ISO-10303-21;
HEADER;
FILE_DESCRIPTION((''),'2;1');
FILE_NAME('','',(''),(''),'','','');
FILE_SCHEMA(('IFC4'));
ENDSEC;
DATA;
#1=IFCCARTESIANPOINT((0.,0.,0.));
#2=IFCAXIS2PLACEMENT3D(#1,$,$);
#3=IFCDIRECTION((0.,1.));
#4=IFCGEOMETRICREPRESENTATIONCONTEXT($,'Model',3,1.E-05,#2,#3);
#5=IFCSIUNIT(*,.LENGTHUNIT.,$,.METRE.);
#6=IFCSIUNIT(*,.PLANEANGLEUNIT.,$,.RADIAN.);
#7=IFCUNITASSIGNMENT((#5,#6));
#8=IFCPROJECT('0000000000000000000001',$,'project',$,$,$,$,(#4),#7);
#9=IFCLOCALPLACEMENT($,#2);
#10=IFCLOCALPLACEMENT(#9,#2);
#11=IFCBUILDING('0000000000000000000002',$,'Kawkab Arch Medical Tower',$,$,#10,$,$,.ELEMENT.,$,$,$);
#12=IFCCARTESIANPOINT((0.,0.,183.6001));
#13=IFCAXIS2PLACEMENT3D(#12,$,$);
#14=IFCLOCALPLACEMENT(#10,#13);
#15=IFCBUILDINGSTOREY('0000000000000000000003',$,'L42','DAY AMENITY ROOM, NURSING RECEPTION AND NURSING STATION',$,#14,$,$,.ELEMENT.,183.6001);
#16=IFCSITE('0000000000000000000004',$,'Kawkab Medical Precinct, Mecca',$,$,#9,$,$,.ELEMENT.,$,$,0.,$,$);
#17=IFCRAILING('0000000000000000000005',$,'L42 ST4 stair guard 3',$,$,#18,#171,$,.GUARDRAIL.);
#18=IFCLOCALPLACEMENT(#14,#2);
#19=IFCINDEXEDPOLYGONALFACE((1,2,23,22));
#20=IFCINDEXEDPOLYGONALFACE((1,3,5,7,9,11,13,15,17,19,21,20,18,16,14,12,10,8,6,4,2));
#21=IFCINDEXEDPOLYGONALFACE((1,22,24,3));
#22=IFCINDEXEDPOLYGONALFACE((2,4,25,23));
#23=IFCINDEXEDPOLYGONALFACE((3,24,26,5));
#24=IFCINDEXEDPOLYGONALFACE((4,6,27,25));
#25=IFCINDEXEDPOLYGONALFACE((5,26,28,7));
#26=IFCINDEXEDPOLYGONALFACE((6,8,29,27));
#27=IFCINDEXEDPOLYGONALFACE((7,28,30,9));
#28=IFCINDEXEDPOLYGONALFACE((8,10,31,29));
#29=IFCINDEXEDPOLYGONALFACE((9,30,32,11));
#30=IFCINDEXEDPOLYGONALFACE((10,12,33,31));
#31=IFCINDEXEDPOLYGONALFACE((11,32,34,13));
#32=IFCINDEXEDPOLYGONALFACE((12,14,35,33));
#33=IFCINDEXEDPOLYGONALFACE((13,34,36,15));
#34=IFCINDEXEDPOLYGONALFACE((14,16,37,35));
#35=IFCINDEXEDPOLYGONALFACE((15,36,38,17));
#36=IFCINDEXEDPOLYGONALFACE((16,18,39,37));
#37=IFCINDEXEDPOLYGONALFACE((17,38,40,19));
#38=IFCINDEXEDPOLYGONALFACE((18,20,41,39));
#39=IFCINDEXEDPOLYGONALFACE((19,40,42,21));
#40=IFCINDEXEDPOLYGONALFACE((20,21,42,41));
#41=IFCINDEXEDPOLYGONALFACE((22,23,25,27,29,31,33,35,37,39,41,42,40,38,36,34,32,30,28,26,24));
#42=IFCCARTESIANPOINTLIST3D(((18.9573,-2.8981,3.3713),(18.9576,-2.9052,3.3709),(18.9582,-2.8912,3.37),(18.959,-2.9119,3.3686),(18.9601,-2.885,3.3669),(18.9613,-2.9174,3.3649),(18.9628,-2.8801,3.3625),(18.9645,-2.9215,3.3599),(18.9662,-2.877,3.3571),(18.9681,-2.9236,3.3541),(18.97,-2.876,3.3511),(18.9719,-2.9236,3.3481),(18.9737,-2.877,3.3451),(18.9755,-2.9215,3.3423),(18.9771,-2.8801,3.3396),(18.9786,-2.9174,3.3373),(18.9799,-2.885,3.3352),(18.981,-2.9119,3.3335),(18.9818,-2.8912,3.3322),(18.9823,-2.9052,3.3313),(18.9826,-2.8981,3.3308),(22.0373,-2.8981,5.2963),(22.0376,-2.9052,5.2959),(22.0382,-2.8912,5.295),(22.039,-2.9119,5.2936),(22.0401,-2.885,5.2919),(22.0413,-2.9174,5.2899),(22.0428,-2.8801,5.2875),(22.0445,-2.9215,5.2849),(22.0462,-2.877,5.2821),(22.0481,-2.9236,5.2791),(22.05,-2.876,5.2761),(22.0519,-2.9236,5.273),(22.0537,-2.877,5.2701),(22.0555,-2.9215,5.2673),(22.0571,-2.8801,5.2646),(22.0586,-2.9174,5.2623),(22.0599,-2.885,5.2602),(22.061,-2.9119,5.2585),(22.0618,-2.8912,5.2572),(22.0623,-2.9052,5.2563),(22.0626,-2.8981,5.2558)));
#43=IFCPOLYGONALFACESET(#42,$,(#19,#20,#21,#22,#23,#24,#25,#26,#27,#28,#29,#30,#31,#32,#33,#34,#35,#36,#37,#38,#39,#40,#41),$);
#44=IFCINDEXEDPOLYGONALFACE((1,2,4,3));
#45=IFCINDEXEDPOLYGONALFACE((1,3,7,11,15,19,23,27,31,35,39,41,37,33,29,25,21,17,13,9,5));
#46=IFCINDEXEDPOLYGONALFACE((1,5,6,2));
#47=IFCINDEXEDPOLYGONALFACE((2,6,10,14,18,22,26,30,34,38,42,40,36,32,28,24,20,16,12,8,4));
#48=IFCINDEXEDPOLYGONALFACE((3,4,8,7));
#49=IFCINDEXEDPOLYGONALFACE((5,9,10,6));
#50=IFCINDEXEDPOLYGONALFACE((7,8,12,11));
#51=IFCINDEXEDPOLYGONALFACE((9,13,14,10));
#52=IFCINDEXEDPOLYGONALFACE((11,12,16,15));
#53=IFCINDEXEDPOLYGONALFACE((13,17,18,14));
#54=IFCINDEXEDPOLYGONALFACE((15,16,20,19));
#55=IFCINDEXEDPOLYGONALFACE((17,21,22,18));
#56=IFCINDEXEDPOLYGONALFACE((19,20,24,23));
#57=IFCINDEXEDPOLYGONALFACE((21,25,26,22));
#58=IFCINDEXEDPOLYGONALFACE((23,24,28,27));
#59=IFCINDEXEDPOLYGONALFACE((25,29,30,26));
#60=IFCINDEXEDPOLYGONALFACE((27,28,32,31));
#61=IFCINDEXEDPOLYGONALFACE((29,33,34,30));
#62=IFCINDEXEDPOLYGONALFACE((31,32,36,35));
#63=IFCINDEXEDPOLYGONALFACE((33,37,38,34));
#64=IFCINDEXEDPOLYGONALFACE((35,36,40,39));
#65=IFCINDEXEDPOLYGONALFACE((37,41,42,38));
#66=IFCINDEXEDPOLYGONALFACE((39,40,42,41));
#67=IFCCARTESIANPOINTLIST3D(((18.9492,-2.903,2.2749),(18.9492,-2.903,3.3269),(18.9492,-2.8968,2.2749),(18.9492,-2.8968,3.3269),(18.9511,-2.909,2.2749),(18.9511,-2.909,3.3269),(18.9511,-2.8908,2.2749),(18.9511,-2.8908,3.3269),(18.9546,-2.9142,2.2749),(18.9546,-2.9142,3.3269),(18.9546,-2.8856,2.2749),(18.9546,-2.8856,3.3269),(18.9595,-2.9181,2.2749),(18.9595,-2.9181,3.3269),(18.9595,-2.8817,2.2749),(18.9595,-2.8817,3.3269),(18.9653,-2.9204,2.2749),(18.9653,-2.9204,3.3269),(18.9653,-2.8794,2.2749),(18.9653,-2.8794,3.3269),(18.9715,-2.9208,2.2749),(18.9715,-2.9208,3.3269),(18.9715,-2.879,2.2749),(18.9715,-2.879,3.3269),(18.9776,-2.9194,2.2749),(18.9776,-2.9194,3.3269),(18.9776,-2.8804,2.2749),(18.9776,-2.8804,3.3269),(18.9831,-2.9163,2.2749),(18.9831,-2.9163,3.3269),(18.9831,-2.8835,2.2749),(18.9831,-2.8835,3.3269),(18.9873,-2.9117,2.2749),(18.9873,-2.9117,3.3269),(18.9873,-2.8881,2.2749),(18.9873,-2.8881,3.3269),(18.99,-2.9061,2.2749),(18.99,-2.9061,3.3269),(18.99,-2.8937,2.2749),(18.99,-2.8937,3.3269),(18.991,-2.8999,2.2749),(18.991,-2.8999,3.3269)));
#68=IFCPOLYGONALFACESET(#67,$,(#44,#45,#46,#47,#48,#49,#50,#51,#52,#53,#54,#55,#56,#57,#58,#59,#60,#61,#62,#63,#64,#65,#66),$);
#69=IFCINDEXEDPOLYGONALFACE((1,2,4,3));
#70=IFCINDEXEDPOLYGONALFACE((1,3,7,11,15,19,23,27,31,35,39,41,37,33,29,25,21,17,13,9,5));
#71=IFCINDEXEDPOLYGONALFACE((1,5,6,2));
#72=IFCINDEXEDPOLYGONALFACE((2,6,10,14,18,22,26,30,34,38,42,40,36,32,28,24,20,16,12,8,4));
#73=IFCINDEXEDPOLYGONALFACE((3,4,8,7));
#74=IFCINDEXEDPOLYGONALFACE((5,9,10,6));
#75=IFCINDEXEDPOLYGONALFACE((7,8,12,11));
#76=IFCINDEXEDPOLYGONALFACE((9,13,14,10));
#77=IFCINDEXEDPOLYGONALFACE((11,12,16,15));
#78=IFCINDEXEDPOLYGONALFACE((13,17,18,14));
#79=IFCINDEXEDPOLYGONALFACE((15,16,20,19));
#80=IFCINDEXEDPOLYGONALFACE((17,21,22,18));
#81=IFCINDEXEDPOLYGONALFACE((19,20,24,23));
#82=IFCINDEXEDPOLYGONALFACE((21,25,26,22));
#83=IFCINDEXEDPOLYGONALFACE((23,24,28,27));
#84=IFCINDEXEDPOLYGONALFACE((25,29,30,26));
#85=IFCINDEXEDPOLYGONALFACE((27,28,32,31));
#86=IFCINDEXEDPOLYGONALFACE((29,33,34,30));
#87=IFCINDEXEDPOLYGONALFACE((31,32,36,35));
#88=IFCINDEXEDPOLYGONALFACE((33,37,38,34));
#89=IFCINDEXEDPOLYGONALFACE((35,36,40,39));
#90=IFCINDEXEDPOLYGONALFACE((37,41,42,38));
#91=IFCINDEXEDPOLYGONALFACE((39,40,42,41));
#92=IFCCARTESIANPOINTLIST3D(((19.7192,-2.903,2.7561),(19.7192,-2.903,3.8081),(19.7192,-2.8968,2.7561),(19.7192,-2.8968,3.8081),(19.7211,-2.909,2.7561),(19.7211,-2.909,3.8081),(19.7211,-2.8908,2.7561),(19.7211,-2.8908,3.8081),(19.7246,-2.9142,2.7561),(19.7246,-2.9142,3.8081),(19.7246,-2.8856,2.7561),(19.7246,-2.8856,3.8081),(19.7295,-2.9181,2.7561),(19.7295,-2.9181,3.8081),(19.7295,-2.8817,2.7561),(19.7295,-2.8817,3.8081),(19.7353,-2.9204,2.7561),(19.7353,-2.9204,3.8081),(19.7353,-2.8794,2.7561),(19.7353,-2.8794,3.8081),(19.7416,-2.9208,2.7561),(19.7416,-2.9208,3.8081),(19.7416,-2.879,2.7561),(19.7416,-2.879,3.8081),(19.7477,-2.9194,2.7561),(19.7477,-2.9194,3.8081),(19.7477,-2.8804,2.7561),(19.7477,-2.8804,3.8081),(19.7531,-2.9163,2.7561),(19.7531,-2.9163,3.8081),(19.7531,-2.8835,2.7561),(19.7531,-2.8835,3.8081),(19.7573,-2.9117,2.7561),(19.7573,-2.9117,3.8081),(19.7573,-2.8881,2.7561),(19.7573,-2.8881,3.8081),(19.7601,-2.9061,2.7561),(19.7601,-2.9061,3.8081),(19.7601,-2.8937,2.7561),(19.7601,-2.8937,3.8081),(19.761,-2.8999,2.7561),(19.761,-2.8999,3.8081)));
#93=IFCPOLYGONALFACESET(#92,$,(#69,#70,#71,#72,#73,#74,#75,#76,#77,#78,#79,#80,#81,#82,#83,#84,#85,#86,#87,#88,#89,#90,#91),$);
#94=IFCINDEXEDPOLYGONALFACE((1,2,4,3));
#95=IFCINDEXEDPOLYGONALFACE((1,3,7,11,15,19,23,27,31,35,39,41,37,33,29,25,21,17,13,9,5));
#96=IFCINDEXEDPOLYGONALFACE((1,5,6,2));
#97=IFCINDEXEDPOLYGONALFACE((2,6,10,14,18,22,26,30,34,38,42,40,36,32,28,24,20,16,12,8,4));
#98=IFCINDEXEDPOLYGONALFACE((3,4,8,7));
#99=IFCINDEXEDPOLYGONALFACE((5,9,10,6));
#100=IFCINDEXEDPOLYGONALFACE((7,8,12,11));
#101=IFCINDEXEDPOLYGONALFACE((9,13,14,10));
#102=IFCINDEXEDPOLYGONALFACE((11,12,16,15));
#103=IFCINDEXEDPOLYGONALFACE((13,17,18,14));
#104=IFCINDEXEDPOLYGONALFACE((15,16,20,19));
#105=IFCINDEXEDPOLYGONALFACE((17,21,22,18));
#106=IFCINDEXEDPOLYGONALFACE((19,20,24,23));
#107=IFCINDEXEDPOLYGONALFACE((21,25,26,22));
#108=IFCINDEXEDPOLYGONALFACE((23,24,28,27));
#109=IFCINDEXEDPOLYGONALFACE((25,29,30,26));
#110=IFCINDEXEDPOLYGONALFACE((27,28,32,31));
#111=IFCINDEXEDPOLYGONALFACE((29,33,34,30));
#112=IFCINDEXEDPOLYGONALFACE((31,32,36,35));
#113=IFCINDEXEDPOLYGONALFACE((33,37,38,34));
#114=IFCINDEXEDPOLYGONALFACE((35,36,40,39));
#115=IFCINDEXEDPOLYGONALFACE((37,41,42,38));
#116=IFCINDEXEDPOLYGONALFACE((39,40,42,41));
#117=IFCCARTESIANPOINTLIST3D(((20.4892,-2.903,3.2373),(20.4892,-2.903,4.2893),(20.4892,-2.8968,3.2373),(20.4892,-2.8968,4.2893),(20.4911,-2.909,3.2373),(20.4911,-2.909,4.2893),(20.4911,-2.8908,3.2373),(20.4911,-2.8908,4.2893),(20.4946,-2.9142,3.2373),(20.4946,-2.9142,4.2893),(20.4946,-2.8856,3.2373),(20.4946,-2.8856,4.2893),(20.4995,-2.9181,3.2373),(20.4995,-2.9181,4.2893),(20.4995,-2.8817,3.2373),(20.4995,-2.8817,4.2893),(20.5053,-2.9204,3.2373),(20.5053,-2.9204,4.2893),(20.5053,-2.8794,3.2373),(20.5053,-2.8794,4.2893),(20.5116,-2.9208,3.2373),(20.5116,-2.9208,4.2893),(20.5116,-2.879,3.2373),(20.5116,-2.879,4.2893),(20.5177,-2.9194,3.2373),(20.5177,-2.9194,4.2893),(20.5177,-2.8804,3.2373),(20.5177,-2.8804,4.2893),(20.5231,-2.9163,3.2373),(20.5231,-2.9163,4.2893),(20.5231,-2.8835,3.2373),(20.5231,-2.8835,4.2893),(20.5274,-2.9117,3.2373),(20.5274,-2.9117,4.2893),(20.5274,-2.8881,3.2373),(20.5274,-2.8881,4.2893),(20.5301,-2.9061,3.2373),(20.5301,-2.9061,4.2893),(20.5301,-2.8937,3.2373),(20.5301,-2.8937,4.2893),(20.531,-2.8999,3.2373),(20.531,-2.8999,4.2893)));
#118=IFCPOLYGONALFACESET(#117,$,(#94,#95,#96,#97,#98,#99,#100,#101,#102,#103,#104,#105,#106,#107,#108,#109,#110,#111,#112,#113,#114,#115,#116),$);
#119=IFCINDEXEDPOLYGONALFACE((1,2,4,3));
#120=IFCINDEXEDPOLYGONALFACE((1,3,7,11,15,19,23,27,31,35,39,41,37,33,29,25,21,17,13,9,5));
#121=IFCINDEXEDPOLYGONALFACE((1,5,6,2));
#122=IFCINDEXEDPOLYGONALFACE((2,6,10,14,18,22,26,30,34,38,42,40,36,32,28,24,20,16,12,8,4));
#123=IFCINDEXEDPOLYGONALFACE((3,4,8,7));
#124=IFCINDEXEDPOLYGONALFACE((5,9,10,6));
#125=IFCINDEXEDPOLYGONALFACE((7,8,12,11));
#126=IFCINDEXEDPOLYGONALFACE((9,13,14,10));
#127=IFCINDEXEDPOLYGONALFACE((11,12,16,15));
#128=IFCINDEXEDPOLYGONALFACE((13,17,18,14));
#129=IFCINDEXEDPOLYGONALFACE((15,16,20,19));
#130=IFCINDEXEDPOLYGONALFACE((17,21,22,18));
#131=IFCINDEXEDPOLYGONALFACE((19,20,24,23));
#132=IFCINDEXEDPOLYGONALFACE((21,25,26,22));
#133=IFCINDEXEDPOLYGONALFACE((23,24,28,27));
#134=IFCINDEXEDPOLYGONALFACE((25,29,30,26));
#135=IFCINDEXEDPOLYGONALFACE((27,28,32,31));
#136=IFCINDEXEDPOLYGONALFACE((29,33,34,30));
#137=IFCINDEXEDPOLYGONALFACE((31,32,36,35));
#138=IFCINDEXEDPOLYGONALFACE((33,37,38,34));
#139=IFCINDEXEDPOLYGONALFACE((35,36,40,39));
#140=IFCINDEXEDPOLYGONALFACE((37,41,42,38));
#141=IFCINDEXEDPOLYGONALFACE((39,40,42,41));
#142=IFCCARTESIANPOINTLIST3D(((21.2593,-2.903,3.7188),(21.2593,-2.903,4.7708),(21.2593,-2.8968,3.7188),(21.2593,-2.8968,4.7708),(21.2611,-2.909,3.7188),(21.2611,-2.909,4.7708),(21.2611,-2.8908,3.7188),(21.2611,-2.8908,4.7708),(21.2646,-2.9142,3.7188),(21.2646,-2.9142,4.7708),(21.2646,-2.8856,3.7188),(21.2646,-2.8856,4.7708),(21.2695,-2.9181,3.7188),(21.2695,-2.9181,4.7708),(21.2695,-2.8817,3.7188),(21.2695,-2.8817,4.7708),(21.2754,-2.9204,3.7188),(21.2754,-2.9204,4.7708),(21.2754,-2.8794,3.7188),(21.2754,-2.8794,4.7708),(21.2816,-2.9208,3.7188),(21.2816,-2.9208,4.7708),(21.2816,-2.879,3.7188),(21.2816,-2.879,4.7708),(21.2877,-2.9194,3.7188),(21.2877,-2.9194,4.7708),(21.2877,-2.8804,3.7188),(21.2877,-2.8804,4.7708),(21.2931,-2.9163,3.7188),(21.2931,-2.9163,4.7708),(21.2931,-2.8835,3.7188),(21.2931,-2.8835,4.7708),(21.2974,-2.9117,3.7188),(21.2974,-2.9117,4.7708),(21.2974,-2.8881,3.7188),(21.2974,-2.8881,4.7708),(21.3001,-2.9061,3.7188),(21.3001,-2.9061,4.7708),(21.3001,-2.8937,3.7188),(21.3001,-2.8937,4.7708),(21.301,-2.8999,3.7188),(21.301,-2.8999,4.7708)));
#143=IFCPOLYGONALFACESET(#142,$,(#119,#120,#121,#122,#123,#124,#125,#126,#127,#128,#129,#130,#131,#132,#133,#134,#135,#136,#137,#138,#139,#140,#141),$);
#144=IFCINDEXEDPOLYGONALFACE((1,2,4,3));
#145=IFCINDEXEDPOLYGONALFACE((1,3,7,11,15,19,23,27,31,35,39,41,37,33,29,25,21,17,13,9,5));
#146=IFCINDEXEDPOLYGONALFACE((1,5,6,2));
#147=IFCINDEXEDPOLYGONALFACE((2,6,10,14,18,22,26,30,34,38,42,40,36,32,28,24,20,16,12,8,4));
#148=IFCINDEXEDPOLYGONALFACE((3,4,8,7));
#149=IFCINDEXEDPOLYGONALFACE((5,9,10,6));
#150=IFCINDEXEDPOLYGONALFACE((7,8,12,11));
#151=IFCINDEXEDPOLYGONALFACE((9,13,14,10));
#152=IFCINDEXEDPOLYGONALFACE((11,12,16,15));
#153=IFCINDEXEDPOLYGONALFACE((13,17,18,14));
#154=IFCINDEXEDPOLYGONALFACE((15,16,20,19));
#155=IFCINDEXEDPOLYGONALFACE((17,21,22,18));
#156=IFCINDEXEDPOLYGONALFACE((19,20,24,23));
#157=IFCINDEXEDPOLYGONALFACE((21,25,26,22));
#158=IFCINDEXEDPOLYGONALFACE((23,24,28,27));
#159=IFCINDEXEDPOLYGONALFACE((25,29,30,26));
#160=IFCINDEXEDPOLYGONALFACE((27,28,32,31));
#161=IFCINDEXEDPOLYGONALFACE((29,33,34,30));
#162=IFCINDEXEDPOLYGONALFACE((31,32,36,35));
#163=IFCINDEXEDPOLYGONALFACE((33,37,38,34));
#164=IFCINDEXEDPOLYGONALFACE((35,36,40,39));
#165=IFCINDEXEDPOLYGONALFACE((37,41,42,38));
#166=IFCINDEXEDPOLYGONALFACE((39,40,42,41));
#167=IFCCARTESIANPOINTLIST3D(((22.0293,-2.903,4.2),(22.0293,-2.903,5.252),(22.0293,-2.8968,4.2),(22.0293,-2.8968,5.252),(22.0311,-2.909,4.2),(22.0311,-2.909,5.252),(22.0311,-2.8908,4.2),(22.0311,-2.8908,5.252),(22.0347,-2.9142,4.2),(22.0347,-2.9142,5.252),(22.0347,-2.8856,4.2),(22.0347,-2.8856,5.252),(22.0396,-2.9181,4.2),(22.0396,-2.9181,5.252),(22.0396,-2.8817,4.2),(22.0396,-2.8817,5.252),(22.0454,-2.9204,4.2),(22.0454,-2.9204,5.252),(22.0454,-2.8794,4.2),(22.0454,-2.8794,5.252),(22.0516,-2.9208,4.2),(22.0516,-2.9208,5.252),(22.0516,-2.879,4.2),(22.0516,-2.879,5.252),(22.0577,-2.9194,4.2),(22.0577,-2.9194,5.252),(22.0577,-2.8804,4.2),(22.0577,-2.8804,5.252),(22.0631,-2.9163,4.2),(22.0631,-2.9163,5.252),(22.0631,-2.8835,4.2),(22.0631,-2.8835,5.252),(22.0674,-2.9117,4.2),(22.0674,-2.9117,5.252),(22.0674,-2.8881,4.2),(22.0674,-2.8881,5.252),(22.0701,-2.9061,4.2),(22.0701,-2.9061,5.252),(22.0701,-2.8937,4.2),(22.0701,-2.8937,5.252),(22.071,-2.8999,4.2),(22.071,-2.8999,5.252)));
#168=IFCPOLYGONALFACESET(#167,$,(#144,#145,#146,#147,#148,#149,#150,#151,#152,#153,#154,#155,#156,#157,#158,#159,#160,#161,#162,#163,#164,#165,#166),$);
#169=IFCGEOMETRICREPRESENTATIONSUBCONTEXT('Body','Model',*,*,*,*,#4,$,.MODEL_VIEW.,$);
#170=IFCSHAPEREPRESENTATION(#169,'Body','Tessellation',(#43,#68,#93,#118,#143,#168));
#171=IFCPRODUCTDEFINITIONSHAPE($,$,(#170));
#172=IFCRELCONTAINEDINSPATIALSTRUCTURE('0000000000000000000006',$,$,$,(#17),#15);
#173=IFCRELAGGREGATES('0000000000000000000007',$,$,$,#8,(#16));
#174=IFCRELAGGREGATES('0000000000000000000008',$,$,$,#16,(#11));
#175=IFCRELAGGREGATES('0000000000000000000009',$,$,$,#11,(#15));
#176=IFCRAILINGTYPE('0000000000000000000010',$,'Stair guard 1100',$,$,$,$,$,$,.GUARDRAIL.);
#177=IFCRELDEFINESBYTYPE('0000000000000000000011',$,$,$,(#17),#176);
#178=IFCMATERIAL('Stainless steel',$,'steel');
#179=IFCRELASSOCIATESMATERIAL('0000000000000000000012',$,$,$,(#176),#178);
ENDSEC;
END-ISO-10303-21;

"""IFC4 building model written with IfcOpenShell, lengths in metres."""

from ifc_helpers import new_model, si_unit, direction, frame, origin, origin_2d, place, context, subcontext, project, spatial, circle, extrude, material, type_object, element, save


model = new_model("IFC4")

# Units and contexts
model_context = context("Model", 3, precision=1e-05, world=origin(), true_north=direction((0.0, 1.0)))
body_context = subcontext(model_context, "Body", "Model", "MODEL_VIEW")
ifc_project = project(units=[si_unit("LENGTHUNIT", "METRE"), si_unit("PLANEANGLEUNIT", "RADIAN")], contexts=[model_context])

# Site, building, storey
site_placement = place(None, origin())
site = spatial("IfcSite", under=ifc_project, at=site_placement, Name="Kawkab Medical Precinct, Mecca", CompositionType="ELEMENT", RefElevation=0.0)
building_placement = place(site_placement, origin())
building = spatial("IfcBuilding", under=site, at=building_placement, Name="Kawkab Arch Medical Tower", CompositionType="ELEMENT")
storey_placement = place(building_placement, frame((0.0, 0.0, 183.6001)))
storey = spatial("IfcBuildingStorey", under=building, at=storey_placement, Name="L42", Description="DAY AMENITY ROOM, NURSING RECEPTION AND NURSING STATION", CompositionType="ELEMENT", Elevation=183.6001)

# Railing
ifc_material_1 = material(Name="Stainless steel", Category="steel")
railing_type_1 = type_object("IfcRailingType", Name="Stair guard 1100", PredefinedType="GUARDRAIL", material=ifc_material_1)
railing_1_placement = place(storey_placement, frame((18.97, -2.8999, 2.2749)))
element("IfcRailing", 1, at=railing_1_placement, inside=storey, type_object=railing_type_1, Name="L42 ST4 stair guard 3", PredefinedType="GUARDRAIL", context=body_context, shape_type="SweptSolid", body=[
    extrude(circle(Radius=0.0239, at=origin_2d()), frame((0.0, 0.0, 1.0762), z_axis=(0.847998, 0.0, 0.529999), x_axis=(0.0, 1.0, 0.0)), (0.0, 0.0, 1.0), 3.6321),
    extrude(circle(Radius=0.021, at=origin_2d()), origin(), (0.0, 0.0, 1.0), 1.052),
    extrude(circle(Radius=0.021, at=origin_2d()), frame((0.77, 0.0, 0.4812)), (0.0, 0.0, 1.0), 1.052),
    extrude(circle(Radius=0.021, at=origin_2d()), frame((1.54, 0.0, 0.9624)), (0.0, 0.0, 1.0), 1.052),
    extrude(circle(Radius=0.021, at=origin_2d()), frame((2.3101, 0.0, 1.4438)), (0.0, 0.0, 1.0), 1.052),
    extrude(circle(Radius=0.021, at=origin_2d()), frame((3.0801, 0.0, 1.925)), (0.0, 0.0, 1.0), 1.052),
])

save(model, "model.ifc")
